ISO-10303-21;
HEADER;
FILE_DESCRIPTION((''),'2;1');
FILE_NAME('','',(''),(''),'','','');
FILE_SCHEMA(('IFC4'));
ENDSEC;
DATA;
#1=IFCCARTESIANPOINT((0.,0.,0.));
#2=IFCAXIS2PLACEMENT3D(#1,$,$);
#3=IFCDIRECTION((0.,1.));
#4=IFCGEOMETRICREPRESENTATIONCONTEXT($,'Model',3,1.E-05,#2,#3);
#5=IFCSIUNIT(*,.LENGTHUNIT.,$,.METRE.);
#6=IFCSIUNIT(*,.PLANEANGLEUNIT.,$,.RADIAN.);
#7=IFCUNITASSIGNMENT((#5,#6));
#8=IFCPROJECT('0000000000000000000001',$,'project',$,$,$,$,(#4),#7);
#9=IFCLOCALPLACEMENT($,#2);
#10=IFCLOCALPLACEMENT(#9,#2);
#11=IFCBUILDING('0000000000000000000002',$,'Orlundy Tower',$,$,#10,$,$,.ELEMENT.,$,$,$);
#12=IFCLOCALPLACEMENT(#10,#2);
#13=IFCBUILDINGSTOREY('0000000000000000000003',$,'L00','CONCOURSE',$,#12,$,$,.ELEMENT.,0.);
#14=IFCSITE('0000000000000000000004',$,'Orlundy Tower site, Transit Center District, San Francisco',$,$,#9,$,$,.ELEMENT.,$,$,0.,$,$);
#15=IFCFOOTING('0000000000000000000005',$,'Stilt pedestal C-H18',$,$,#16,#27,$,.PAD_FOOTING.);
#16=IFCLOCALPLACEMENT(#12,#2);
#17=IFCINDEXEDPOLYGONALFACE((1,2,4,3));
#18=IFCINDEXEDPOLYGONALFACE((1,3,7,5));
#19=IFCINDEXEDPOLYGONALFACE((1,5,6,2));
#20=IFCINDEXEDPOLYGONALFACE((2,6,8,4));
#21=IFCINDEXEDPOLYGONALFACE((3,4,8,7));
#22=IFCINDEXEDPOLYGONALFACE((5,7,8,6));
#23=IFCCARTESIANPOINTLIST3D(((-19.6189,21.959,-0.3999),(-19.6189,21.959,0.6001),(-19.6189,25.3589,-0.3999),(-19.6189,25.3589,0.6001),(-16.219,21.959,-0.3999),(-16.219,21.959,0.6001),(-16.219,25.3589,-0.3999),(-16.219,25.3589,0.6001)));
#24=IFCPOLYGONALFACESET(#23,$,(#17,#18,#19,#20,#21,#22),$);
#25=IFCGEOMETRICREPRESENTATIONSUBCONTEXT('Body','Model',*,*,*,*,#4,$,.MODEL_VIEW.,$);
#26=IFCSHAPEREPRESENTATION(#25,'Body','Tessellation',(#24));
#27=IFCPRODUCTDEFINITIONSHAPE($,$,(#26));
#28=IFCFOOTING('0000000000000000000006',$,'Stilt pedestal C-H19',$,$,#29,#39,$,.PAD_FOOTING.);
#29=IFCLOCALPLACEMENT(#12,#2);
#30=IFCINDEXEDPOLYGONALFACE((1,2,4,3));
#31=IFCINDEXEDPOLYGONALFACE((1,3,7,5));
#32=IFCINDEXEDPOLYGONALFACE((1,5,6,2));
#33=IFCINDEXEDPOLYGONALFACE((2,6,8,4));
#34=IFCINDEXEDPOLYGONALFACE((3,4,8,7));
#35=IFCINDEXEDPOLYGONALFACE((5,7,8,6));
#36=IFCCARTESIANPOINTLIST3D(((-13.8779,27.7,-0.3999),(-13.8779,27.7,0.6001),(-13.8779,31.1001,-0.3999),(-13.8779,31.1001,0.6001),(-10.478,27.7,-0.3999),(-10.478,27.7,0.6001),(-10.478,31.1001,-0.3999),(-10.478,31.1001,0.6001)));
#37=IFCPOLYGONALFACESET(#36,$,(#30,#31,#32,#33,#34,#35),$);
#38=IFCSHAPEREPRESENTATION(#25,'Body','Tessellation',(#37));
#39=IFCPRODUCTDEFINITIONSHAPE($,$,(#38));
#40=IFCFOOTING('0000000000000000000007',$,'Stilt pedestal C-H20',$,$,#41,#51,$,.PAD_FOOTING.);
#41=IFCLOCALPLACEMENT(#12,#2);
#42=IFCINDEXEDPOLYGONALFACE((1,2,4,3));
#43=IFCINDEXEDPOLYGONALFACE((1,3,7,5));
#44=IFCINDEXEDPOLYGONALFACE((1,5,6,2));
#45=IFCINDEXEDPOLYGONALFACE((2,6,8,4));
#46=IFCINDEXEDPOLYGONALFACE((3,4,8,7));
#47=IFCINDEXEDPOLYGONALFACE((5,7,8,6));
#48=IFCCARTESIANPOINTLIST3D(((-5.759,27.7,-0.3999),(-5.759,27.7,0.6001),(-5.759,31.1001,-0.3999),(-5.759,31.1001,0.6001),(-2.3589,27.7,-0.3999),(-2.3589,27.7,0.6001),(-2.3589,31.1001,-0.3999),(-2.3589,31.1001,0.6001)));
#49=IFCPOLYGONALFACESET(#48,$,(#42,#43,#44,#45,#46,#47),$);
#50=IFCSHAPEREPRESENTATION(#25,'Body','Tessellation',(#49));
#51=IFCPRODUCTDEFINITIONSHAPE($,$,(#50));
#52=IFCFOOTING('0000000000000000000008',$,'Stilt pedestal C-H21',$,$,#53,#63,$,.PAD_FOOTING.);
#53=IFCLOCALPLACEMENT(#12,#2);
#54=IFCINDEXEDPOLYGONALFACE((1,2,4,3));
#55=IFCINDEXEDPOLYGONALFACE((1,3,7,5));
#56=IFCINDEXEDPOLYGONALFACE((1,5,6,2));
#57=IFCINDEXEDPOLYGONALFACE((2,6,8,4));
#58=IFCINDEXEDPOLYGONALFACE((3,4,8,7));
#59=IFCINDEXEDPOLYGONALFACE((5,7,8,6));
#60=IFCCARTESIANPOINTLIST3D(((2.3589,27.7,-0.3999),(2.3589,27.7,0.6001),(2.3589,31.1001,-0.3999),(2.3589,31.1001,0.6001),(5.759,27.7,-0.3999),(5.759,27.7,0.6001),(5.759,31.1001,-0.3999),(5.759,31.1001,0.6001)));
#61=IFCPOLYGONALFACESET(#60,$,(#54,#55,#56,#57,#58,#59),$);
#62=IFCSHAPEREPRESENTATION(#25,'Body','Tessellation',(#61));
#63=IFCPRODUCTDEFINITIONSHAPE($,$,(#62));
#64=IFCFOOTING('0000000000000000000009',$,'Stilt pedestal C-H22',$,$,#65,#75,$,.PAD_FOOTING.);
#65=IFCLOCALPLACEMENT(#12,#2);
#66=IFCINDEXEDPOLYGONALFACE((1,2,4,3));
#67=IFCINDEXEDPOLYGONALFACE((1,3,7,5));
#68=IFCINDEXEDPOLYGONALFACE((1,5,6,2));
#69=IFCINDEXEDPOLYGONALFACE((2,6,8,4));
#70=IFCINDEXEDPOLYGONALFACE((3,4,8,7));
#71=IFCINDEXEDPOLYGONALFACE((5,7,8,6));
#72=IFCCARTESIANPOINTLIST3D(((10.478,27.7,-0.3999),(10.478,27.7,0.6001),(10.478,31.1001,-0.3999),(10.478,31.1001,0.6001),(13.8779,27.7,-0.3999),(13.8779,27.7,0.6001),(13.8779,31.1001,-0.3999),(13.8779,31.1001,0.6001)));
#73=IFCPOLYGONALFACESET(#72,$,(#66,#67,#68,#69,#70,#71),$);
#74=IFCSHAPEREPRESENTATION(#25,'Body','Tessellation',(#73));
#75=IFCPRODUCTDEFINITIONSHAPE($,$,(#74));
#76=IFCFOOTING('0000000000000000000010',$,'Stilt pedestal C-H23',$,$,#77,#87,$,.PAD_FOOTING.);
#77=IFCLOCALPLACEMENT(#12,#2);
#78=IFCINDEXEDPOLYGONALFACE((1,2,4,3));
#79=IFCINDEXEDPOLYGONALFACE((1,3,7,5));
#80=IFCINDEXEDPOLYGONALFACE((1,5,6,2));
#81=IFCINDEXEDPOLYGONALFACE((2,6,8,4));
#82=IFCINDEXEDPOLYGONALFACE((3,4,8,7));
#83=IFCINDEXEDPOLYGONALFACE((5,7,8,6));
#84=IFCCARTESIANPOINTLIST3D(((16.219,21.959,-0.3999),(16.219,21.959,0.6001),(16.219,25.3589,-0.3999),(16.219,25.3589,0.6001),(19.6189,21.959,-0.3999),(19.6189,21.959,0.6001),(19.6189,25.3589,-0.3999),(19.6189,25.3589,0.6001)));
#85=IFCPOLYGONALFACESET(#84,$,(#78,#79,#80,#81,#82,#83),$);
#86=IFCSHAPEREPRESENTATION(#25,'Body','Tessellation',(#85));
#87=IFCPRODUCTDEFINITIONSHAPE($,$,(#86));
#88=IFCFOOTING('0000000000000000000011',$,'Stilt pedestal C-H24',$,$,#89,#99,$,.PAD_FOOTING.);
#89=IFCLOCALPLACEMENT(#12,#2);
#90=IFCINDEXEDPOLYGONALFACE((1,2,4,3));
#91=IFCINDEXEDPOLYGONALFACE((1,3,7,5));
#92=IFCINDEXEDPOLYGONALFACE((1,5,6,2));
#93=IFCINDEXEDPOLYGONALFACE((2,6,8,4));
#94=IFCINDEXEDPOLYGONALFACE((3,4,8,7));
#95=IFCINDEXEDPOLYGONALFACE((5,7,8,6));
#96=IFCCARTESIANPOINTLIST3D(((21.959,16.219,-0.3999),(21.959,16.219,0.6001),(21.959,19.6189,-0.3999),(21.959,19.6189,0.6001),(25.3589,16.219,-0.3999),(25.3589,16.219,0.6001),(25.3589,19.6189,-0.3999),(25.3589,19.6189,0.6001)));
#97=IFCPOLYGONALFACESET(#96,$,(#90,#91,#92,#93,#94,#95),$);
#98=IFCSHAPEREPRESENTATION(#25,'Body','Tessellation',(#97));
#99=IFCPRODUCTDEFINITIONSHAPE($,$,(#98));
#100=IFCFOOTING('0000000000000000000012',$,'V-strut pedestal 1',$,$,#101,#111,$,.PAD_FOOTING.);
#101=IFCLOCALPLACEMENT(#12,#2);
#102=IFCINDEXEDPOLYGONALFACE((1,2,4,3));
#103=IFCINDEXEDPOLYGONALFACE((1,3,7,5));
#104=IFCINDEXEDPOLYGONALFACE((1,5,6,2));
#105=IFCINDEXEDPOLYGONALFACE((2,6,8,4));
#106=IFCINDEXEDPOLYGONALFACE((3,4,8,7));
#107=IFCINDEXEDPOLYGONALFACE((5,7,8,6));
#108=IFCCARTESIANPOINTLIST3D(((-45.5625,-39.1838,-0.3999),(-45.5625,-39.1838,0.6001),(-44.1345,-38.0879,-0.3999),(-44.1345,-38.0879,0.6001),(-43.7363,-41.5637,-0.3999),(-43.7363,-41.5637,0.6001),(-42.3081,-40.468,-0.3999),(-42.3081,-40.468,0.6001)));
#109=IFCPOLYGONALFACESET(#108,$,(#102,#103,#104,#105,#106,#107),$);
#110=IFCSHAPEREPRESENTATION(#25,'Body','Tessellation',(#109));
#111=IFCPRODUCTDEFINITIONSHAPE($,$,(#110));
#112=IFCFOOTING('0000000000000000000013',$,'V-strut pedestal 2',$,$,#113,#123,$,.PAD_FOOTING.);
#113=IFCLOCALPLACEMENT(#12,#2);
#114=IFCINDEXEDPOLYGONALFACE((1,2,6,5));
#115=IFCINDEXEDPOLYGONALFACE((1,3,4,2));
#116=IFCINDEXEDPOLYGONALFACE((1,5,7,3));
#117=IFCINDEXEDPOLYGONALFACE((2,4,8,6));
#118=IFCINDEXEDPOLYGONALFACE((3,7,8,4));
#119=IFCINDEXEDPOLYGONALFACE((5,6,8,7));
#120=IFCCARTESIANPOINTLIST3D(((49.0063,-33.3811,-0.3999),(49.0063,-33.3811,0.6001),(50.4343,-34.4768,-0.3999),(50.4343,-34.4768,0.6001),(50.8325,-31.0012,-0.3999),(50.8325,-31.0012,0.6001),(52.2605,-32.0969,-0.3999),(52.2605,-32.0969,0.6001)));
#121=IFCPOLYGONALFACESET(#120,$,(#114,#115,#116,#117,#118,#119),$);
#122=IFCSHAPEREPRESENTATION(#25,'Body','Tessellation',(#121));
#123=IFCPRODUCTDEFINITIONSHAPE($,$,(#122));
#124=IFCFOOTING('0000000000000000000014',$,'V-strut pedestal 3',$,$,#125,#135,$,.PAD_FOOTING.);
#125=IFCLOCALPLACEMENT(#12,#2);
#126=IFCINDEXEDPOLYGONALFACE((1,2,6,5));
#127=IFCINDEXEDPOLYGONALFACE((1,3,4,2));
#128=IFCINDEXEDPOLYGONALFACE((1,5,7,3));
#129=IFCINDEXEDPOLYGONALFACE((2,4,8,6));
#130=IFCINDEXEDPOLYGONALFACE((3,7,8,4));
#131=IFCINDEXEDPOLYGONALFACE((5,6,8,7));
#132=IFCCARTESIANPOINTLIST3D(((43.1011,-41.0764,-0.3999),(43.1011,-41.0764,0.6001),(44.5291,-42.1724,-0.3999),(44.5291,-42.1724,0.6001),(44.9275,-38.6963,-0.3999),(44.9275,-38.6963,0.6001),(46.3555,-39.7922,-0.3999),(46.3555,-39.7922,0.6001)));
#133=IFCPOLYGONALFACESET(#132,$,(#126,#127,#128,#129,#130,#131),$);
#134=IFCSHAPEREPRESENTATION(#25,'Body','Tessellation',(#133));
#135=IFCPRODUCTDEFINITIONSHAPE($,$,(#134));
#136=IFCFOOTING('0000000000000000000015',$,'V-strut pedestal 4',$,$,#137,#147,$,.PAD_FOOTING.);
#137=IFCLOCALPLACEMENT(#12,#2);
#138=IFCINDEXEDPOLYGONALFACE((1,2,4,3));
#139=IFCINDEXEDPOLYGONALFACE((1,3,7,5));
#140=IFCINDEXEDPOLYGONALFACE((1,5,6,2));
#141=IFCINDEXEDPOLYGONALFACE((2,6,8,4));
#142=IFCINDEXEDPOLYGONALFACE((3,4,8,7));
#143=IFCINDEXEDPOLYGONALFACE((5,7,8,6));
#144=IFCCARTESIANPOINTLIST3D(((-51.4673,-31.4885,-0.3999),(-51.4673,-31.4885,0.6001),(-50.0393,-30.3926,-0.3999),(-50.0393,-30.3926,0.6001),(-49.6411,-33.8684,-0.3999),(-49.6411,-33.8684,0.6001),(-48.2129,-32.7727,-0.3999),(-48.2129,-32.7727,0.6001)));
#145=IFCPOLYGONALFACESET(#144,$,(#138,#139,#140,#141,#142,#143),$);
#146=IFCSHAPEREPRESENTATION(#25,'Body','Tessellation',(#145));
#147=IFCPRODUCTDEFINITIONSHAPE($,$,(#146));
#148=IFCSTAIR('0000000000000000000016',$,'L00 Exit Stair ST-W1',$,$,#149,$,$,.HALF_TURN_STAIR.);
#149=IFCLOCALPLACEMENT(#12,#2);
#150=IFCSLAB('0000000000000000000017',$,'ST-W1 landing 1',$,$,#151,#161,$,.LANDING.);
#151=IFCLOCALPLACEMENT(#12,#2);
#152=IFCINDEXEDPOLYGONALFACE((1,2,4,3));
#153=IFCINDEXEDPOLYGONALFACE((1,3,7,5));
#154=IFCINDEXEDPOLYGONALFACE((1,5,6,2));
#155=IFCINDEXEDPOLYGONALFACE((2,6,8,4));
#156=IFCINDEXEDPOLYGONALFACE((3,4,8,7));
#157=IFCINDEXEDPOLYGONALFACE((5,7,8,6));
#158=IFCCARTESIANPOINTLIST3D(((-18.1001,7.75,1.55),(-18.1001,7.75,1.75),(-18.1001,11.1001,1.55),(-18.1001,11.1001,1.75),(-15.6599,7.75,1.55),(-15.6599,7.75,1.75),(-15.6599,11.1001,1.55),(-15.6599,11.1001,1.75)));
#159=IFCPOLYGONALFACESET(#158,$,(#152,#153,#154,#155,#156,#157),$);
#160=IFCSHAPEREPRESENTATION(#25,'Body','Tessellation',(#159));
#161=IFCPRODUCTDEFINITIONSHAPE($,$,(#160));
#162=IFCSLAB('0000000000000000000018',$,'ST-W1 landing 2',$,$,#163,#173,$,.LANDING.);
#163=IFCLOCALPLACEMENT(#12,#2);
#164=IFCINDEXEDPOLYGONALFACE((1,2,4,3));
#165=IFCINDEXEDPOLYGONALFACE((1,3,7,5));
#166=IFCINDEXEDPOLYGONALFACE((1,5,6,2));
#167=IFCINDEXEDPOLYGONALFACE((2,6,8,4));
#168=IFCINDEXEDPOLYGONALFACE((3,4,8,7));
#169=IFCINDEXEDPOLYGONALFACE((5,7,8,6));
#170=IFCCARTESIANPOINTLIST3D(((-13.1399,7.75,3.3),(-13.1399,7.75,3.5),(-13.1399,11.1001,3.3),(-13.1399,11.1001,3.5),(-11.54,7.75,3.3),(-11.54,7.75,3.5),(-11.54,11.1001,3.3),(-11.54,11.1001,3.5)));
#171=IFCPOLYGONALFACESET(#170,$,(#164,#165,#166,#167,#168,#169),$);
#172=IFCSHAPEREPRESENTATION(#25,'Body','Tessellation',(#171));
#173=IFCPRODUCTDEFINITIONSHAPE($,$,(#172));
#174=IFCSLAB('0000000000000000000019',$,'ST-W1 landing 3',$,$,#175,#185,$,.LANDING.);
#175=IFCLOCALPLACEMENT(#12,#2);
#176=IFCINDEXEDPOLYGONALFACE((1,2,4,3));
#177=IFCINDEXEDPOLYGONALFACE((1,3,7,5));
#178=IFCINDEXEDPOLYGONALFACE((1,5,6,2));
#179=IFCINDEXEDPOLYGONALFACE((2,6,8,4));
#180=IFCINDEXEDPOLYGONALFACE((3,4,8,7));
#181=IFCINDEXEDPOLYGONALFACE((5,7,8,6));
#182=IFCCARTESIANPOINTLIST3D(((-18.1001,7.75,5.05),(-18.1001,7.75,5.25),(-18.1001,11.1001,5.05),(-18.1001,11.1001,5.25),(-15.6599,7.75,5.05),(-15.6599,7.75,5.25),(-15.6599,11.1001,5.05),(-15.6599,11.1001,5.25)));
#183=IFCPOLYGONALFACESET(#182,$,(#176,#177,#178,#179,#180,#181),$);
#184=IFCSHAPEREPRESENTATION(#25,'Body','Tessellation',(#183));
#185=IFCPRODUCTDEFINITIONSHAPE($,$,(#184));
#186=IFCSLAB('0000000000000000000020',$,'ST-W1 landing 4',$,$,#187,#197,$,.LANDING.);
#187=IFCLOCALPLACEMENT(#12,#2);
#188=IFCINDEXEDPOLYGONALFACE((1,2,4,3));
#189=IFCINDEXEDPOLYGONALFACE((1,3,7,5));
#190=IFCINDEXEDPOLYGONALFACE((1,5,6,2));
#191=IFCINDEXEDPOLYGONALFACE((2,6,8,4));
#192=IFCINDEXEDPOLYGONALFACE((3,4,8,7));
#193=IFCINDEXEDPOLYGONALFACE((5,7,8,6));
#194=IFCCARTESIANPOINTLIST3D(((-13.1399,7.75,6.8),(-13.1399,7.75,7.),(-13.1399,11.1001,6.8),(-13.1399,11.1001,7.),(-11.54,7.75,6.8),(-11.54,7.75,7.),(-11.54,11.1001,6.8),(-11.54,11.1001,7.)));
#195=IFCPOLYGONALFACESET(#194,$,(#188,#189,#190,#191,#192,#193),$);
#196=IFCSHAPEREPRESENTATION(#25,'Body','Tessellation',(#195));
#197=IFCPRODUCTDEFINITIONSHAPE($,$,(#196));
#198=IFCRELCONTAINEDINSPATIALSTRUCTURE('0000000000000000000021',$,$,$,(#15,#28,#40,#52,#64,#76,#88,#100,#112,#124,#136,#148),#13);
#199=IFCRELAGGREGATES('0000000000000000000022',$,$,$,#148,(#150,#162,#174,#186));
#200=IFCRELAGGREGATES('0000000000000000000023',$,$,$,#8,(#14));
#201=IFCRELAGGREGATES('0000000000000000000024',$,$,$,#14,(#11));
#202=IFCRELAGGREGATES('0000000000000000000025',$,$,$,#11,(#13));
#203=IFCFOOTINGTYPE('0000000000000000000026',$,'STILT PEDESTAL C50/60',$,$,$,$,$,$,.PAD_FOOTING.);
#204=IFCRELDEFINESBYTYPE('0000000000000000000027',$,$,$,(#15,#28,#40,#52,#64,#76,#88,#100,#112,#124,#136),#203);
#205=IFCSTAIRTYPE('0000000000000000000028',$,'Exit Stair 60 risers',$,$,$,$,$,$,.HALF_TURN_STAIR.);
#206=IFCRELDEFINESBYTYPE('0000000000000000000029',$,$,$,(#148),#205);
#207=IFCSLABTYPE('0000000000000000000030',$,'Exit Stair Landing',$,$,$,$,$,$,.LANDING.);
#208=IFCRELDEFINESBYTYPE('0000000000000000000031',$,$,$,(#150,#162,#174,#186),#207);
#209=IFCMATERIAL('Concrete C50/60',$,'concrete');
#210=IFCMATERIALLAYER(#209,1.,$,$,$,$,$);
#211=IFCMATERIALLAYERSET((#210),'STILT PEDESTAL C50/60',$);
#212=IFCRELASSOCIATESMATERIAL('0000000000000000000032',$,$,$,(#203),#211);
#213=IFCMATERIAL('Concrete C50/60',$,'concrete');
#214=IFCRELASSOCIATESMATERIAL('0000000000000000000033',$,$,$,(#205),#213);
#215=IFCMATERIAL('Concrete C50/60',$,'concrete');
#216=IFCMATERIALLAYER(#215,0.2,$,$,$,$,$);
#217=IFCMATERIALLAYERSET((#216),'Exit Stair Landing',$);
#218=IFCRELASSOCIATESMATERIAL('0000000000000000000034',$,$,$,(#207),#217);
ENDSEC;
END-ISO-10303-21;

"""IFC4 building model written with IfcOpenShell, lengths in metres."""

from ifc_helpers import new_model, si_unit, direction, frame, origin, place, context, subcontext, project, spatial, polyline, outline, extrude, material, layer, layer_set, type_object, element, aggregate, save


model = new_model("IFC4")

# Units and contexts
model_context = context("Model", 3, precision=1e-05, world=origin(), true_north=direction((0.0, 1.0)))
body_context = subcontext(model_context, "Body", "Model", "MODEL_VIEW")
ifc_project = project(units=[si_unit("LENGTHUNIT", "METRE"), si_unit("PLANEANGLEUNIT", "RADIAN")], contexts=[model_context])

# Site, building, storey
site_placement = place(None, origin())
site = spatial("IfcSite", under=ifc_project, at=site_placement, Name="Orlundy Tower site, Transit Center District, San Francisco", CompositionType="ELEMENT", RefElevation=0.0)
building_placement = place(site_placement, origin())
building = spatial("IfcBuilding", under=site, at=building_placement, Name="Orlundy Tower", CompositionType="ELEMENT")
storey_placement = place(building_placement, origin())
storey = spatial("IfcBuildingStorey", under=building, at=storey_placement, Name="L00", Description="CONCOURSE", CompositionType="ELEMENT", Elevation=0.0)

# Footings
ifc_material_1 = material(Name="Concrete C50/60", Category="concrete")
ifc_layer_1 = layer(ifc_material_1, 1.0)
ifc_layer_set_1 = layer_set([ifc_layer_1], Name="STILT PEDESTAL C50/60")
footing_type = type_object("IfcFootingType", Name="STILT PEDESTAL C50/60", PredefinedType="PAD_FOOTING", material=ifc_layer_set_1)
footing_1_placement = place(storey_placement, frame((0.0, 0.0, -0.3999)))
element("IfcFooting", 1, at=footing_1_placement, inside=storey, type_object=footing_type, Name="Stilt pedestal C-H18", PredefinedType="PAD_FOOTING", context=body_context, shape_type="SweptSolid", body=[
    extrude(outline(polyline([(-16.219, 21.959), (-16.219, 25.3589), (-19.6189, 25.3589), (-19.6189, 21.959), (-16.219, 21.959)])), origin(), (0.0, 0.0, 1.0), 1.0),
])
footing_2_placement = place(storey_placement, frame((0.0, 0.0, -0.3999)))
element("IfcFooting", 2, at=footing_2_placement, inside=storey, type_object=footing_type, Name="Stilt pedestal C-H19", PredefinedType="PAD_FOOTING", context=body_context, shape_type="SweptSolid", body=[
    extrude(outline(polyline([(-10.478, 27.7), (-10.478, 31.1001), (-13.8779, 31.1001), (-13.8779, 27.7), (-10.478, 27.7)])), origin(), (0.0, 0.0, 1.0), 1.0),
])
footing_3_placement = place(storey_placement, frame((0.0, 0.0, -0.3999)))
element("IfcFooting", 3, at=footing_3_placement, inside=storey, type_object=footing_type, Name="Stilt pedestal C-H20", PredefinedType="PAD_FOOTING", context=body_context, shape_type="SweptSolid", body=[
    extrude(outline(polyline([(-2.3589, 27.7), (-2.3589, 31.1001), (-5.759, 31.1001), (-5.759, 27.7), (-2.3589, 27.7)])), origin(), (0.0, 0.0, 1.0), 1.0),
])
footing_4_placement = place(storey_placement, frame((0.0, 0.0, -0.3999)))
element("IfcFooting", 4, at=footing_4_placement, inside=storey, type_object=footing_type, Name="Stilt pedestal C-H21", PredefinedType="PAD_FOOTING", context=body_context, shape_type="SweptSolid", body=[
    extrude(outline(polyline([(5.759, 27.7), (5.759, 31.1001), (2.3589, 31.1001), (2.3589, 27.7), (5.759, 27.7)])), origin(), (0.0, 0.0, 1.0), 1.0),
])
footing_5_placement = place(storey_placement, frame((0.0, 0.0, -0.3999)))
element("IfcFooting", 5, at=footing_5_placement, inside=storey, type_object=footing_type, Name="Stilt pedestal C-H22", PredefinedType="PAD_FOOTING", context=body_context, shape_type="SweptSolid", body=[
    extrude(outline(polyline([(13.8779, 27.7), (13.8779, 31.1001), (10.478, 31.1001), (10.478, 27.7), (13.8779, 27.7)])), origin(), (0.0, 0.0, 1.0), 1.0),
])
footing_6_placement = place(storey_placement, frame((0.0, 0.0, -0.3999)))
element("IfcFooting", 6, at=footing_6_placement, inside=storey, type_object=footing_type, Name="Stilt pedestal C-H23", PredefinedType="PAD_FOOTING", context=body_context, shape_type="SweptSolid", body=[
    extrude(outline(polyline([(19.6189, 21.959), (19.6189, 25.3589), (16.219, 25.3589), (16.219, 21.959), (19.6189, 21.959)])), origin(), (0.0, 0.0, 1.0), 1.0),
])
footing_7_placement = place(storey_placement, frame((0.0, 0.0, -0.3999)))
element("IfcFooting", 7, at=footing_7_placement, inside=storey, type_object=footing_type, Name="Stilt pedestal C-H24", PredefinedType="PAD_FOOTING", context=body_context, shape_type="SweptSolid", body=[
    extrude(outline(polyline([(25.3589, 16.219), (25.3589, 19.6189), (21.959, 19.6189), (21.959, 16.219), (25.3589, 16.219)])), origin(), (0.0, 0.0, 1.0), 1.0),
])
footing_8_placement = place(storey_placement, frame((0.0, 0.0, -0.3999)))
element("IfcFooting", 8, at=footing_8_placement, inside=storey, type_object=footing_type, Name="V-strut pedestal 1", PredefinedType="PAD_FOOTING", context=body_context, shape_type="SweptSolid", body=[
    extrude(outline(polyline([(-45.5625, -39.1838), (-44.1345, -38.0879), (-42.3081, -40.468), (-43.7363, -41.5637), (-45.5625, -39.1838)])), origin(), (0.0, 0.0, 1.0), 1.0),
])
footing_9_placement = place(storey_placement, frame((0.0, 0.0, -0.3999)))
element("IfcFooting", 9, at=footing_9_placement, inside=storey, type_object=footing_type, Name="V-strut pedestal 2", PredefinedType="PAD_FOOTING", context=body_context, shape_type="SweptSolid", body=[
    extrude(outline(polyline([(50.4343, -34.4768), (49.0063, -33.3811), (50.8325, -31.0012), (52.2605, -32.0969), (50.4343, -34.4768)])), origin(), (0.0, 0.0, 1.0), 1.0),
])
footing_10_placement = place(storey_placement, frame((0.0, 0.0, -0.3999)))
element("IfcFooting", 10, at=footing_10_placement, inside=storey, type_object=footing_type, Name="V-strut pedestal 3", PredefinedType="PAD_FOOTING", context=body_context, shape_type="SweptSolid", body=[
    extrude(outline(polyline([(44.5291, -42.1724), (43.1011, -41.0764), (44.9275, -38.6963), (46.3555, -39.7922), (44.5291, -42.1724)])), origin(), (0.0, 0.0, 1.0), 1.0),
])
footing_11_placement = place(storey_placement, frame((0.0, 0.0, -0.3999)))
element("IfcFooting", 11, at=footing_11_placement, inside=storey, type_object=footing_type, Name="V-strut pedestal 4", PredefinedType="PAD_FOOTING", context=body_context, shape_type="SweptSolid", body=[
    extrude(outline(polyline([(-51.4673, -31.4885), (-50.0393, -30.3926), (-48.2129, -32.7727), (-49.6411, -33.8684), (-51.4673, -31.4885)])), origin(), (0.0, 0.0, 1.0), 1.0),
])

# Stair, slabs
ifc_material_2 = material(Name="Concrete C50/60", Category="concrete")
stair_type = type_object("IfcStairType", Name="Exit Stair 60 risers", PredefinedType="HALF_TURN_STAIR", material=ifc_material_2)
stair_1_placement = place(storey_placement, origin())
stair_1 = element("IfcStair", 12, at=stair_1_placement, inside=storey, type_object=stair_type, Name="L00 Exit Stair ST-W1", PredefinedType="HALF_TURN_STAIR")
ifc_material_3 = material(Name="Concrete C50/60", Category="concrete")
ifc_layer_2 = layer(ifc_material_3, 0.2)
ifc_layer_set_2 = layer_set([ifc_layer_2], Name="Exit Stair Landing")
slab_type_1 = type_object("IfcSlabType", Name="Exit Stair Landing", PredefinedType="LANDING", material=ifc_layer_set_2)
slab_1_placement = place(storey_placement, frame((0.0, 0.0, 1.55)))
slab_1 = element("IfcSlab", 13, at=slab_1_placement, type_object=slab_type_1, Name="ST-W1 landing 1", PredefinedType="LANDING", context=body_context, shape_type="SweptSolid", body=[
    extrude(outline(polyline([(-15.6599, 11.1001), (-18.1001, 11.1001), (-18.1001, 7.75), (-15.6599, 7.75), (-15.6599, 11.1001)])), origin(), (0.0, 0.0, 1.0), 0.2),
])
slab_2_placement = place(storey_placement, frame((0.0, 0.0, 3.3)))
slab_2 = element("IfcSlab", 14, at=slab_2_placement, type_object=slab_type_1, Name="ST-W1 landing 2", PredefinedType="LANDING", context=body_context, shape_type="SweptSolid", body=[
    extrude(outline(polyline([(-11.54, 11.1001), (-13.1399, 11.1001), (-13.1399, 7.75), (-11.54, 7.75), (-11.54, 11.1001)])), origin(), (0.0, 0.0, 1.0), 0.2),
])
slab_3_placement = place(storey_placement, frame((0.0, 0.0, 5.05)))
slab_3 = element("IfcSlab", 15, at=slab_3_placement, type_object=slab_type_1, Name="ST-W1 landing 3", PredefinedType="LANDING", context=body_context, shape_type="SweptSolid", body=[
    extrude(outline(polyline([(-15.6599, 11.1001), (-18.1001, 11.1001), (-18.1001, 7.75), (-15.6599, 7.75), (-15.6599, 11.1001)])), origin(), (0.0, 0.0, 1.0), 0.2),
])
slab_4_placement = place(storey_placement, frame((0.0, 0.0, 6.8)))
slab_4 = element("IfcSlab", 16, at=slab_4_placement, type_object=slab_type_1, Name="ST-W1 landing 4", PredefinedType="LANDING", context=body_context, shape_type="SweptSolid", body=[
    extrude(outline(polyline([(-11.54, 11.1001), (-13.1399, 11.1001), (-13.1399, 7.75), (-11.54, 7.75), (-11.54, 11.1001)])), origin(), (0.0, 0.0, 1.0), 0.2),
])
aggregate(stair_1, [slab_1, slab_2, slab_3, slab_4])

save(model, "model.ifc")
